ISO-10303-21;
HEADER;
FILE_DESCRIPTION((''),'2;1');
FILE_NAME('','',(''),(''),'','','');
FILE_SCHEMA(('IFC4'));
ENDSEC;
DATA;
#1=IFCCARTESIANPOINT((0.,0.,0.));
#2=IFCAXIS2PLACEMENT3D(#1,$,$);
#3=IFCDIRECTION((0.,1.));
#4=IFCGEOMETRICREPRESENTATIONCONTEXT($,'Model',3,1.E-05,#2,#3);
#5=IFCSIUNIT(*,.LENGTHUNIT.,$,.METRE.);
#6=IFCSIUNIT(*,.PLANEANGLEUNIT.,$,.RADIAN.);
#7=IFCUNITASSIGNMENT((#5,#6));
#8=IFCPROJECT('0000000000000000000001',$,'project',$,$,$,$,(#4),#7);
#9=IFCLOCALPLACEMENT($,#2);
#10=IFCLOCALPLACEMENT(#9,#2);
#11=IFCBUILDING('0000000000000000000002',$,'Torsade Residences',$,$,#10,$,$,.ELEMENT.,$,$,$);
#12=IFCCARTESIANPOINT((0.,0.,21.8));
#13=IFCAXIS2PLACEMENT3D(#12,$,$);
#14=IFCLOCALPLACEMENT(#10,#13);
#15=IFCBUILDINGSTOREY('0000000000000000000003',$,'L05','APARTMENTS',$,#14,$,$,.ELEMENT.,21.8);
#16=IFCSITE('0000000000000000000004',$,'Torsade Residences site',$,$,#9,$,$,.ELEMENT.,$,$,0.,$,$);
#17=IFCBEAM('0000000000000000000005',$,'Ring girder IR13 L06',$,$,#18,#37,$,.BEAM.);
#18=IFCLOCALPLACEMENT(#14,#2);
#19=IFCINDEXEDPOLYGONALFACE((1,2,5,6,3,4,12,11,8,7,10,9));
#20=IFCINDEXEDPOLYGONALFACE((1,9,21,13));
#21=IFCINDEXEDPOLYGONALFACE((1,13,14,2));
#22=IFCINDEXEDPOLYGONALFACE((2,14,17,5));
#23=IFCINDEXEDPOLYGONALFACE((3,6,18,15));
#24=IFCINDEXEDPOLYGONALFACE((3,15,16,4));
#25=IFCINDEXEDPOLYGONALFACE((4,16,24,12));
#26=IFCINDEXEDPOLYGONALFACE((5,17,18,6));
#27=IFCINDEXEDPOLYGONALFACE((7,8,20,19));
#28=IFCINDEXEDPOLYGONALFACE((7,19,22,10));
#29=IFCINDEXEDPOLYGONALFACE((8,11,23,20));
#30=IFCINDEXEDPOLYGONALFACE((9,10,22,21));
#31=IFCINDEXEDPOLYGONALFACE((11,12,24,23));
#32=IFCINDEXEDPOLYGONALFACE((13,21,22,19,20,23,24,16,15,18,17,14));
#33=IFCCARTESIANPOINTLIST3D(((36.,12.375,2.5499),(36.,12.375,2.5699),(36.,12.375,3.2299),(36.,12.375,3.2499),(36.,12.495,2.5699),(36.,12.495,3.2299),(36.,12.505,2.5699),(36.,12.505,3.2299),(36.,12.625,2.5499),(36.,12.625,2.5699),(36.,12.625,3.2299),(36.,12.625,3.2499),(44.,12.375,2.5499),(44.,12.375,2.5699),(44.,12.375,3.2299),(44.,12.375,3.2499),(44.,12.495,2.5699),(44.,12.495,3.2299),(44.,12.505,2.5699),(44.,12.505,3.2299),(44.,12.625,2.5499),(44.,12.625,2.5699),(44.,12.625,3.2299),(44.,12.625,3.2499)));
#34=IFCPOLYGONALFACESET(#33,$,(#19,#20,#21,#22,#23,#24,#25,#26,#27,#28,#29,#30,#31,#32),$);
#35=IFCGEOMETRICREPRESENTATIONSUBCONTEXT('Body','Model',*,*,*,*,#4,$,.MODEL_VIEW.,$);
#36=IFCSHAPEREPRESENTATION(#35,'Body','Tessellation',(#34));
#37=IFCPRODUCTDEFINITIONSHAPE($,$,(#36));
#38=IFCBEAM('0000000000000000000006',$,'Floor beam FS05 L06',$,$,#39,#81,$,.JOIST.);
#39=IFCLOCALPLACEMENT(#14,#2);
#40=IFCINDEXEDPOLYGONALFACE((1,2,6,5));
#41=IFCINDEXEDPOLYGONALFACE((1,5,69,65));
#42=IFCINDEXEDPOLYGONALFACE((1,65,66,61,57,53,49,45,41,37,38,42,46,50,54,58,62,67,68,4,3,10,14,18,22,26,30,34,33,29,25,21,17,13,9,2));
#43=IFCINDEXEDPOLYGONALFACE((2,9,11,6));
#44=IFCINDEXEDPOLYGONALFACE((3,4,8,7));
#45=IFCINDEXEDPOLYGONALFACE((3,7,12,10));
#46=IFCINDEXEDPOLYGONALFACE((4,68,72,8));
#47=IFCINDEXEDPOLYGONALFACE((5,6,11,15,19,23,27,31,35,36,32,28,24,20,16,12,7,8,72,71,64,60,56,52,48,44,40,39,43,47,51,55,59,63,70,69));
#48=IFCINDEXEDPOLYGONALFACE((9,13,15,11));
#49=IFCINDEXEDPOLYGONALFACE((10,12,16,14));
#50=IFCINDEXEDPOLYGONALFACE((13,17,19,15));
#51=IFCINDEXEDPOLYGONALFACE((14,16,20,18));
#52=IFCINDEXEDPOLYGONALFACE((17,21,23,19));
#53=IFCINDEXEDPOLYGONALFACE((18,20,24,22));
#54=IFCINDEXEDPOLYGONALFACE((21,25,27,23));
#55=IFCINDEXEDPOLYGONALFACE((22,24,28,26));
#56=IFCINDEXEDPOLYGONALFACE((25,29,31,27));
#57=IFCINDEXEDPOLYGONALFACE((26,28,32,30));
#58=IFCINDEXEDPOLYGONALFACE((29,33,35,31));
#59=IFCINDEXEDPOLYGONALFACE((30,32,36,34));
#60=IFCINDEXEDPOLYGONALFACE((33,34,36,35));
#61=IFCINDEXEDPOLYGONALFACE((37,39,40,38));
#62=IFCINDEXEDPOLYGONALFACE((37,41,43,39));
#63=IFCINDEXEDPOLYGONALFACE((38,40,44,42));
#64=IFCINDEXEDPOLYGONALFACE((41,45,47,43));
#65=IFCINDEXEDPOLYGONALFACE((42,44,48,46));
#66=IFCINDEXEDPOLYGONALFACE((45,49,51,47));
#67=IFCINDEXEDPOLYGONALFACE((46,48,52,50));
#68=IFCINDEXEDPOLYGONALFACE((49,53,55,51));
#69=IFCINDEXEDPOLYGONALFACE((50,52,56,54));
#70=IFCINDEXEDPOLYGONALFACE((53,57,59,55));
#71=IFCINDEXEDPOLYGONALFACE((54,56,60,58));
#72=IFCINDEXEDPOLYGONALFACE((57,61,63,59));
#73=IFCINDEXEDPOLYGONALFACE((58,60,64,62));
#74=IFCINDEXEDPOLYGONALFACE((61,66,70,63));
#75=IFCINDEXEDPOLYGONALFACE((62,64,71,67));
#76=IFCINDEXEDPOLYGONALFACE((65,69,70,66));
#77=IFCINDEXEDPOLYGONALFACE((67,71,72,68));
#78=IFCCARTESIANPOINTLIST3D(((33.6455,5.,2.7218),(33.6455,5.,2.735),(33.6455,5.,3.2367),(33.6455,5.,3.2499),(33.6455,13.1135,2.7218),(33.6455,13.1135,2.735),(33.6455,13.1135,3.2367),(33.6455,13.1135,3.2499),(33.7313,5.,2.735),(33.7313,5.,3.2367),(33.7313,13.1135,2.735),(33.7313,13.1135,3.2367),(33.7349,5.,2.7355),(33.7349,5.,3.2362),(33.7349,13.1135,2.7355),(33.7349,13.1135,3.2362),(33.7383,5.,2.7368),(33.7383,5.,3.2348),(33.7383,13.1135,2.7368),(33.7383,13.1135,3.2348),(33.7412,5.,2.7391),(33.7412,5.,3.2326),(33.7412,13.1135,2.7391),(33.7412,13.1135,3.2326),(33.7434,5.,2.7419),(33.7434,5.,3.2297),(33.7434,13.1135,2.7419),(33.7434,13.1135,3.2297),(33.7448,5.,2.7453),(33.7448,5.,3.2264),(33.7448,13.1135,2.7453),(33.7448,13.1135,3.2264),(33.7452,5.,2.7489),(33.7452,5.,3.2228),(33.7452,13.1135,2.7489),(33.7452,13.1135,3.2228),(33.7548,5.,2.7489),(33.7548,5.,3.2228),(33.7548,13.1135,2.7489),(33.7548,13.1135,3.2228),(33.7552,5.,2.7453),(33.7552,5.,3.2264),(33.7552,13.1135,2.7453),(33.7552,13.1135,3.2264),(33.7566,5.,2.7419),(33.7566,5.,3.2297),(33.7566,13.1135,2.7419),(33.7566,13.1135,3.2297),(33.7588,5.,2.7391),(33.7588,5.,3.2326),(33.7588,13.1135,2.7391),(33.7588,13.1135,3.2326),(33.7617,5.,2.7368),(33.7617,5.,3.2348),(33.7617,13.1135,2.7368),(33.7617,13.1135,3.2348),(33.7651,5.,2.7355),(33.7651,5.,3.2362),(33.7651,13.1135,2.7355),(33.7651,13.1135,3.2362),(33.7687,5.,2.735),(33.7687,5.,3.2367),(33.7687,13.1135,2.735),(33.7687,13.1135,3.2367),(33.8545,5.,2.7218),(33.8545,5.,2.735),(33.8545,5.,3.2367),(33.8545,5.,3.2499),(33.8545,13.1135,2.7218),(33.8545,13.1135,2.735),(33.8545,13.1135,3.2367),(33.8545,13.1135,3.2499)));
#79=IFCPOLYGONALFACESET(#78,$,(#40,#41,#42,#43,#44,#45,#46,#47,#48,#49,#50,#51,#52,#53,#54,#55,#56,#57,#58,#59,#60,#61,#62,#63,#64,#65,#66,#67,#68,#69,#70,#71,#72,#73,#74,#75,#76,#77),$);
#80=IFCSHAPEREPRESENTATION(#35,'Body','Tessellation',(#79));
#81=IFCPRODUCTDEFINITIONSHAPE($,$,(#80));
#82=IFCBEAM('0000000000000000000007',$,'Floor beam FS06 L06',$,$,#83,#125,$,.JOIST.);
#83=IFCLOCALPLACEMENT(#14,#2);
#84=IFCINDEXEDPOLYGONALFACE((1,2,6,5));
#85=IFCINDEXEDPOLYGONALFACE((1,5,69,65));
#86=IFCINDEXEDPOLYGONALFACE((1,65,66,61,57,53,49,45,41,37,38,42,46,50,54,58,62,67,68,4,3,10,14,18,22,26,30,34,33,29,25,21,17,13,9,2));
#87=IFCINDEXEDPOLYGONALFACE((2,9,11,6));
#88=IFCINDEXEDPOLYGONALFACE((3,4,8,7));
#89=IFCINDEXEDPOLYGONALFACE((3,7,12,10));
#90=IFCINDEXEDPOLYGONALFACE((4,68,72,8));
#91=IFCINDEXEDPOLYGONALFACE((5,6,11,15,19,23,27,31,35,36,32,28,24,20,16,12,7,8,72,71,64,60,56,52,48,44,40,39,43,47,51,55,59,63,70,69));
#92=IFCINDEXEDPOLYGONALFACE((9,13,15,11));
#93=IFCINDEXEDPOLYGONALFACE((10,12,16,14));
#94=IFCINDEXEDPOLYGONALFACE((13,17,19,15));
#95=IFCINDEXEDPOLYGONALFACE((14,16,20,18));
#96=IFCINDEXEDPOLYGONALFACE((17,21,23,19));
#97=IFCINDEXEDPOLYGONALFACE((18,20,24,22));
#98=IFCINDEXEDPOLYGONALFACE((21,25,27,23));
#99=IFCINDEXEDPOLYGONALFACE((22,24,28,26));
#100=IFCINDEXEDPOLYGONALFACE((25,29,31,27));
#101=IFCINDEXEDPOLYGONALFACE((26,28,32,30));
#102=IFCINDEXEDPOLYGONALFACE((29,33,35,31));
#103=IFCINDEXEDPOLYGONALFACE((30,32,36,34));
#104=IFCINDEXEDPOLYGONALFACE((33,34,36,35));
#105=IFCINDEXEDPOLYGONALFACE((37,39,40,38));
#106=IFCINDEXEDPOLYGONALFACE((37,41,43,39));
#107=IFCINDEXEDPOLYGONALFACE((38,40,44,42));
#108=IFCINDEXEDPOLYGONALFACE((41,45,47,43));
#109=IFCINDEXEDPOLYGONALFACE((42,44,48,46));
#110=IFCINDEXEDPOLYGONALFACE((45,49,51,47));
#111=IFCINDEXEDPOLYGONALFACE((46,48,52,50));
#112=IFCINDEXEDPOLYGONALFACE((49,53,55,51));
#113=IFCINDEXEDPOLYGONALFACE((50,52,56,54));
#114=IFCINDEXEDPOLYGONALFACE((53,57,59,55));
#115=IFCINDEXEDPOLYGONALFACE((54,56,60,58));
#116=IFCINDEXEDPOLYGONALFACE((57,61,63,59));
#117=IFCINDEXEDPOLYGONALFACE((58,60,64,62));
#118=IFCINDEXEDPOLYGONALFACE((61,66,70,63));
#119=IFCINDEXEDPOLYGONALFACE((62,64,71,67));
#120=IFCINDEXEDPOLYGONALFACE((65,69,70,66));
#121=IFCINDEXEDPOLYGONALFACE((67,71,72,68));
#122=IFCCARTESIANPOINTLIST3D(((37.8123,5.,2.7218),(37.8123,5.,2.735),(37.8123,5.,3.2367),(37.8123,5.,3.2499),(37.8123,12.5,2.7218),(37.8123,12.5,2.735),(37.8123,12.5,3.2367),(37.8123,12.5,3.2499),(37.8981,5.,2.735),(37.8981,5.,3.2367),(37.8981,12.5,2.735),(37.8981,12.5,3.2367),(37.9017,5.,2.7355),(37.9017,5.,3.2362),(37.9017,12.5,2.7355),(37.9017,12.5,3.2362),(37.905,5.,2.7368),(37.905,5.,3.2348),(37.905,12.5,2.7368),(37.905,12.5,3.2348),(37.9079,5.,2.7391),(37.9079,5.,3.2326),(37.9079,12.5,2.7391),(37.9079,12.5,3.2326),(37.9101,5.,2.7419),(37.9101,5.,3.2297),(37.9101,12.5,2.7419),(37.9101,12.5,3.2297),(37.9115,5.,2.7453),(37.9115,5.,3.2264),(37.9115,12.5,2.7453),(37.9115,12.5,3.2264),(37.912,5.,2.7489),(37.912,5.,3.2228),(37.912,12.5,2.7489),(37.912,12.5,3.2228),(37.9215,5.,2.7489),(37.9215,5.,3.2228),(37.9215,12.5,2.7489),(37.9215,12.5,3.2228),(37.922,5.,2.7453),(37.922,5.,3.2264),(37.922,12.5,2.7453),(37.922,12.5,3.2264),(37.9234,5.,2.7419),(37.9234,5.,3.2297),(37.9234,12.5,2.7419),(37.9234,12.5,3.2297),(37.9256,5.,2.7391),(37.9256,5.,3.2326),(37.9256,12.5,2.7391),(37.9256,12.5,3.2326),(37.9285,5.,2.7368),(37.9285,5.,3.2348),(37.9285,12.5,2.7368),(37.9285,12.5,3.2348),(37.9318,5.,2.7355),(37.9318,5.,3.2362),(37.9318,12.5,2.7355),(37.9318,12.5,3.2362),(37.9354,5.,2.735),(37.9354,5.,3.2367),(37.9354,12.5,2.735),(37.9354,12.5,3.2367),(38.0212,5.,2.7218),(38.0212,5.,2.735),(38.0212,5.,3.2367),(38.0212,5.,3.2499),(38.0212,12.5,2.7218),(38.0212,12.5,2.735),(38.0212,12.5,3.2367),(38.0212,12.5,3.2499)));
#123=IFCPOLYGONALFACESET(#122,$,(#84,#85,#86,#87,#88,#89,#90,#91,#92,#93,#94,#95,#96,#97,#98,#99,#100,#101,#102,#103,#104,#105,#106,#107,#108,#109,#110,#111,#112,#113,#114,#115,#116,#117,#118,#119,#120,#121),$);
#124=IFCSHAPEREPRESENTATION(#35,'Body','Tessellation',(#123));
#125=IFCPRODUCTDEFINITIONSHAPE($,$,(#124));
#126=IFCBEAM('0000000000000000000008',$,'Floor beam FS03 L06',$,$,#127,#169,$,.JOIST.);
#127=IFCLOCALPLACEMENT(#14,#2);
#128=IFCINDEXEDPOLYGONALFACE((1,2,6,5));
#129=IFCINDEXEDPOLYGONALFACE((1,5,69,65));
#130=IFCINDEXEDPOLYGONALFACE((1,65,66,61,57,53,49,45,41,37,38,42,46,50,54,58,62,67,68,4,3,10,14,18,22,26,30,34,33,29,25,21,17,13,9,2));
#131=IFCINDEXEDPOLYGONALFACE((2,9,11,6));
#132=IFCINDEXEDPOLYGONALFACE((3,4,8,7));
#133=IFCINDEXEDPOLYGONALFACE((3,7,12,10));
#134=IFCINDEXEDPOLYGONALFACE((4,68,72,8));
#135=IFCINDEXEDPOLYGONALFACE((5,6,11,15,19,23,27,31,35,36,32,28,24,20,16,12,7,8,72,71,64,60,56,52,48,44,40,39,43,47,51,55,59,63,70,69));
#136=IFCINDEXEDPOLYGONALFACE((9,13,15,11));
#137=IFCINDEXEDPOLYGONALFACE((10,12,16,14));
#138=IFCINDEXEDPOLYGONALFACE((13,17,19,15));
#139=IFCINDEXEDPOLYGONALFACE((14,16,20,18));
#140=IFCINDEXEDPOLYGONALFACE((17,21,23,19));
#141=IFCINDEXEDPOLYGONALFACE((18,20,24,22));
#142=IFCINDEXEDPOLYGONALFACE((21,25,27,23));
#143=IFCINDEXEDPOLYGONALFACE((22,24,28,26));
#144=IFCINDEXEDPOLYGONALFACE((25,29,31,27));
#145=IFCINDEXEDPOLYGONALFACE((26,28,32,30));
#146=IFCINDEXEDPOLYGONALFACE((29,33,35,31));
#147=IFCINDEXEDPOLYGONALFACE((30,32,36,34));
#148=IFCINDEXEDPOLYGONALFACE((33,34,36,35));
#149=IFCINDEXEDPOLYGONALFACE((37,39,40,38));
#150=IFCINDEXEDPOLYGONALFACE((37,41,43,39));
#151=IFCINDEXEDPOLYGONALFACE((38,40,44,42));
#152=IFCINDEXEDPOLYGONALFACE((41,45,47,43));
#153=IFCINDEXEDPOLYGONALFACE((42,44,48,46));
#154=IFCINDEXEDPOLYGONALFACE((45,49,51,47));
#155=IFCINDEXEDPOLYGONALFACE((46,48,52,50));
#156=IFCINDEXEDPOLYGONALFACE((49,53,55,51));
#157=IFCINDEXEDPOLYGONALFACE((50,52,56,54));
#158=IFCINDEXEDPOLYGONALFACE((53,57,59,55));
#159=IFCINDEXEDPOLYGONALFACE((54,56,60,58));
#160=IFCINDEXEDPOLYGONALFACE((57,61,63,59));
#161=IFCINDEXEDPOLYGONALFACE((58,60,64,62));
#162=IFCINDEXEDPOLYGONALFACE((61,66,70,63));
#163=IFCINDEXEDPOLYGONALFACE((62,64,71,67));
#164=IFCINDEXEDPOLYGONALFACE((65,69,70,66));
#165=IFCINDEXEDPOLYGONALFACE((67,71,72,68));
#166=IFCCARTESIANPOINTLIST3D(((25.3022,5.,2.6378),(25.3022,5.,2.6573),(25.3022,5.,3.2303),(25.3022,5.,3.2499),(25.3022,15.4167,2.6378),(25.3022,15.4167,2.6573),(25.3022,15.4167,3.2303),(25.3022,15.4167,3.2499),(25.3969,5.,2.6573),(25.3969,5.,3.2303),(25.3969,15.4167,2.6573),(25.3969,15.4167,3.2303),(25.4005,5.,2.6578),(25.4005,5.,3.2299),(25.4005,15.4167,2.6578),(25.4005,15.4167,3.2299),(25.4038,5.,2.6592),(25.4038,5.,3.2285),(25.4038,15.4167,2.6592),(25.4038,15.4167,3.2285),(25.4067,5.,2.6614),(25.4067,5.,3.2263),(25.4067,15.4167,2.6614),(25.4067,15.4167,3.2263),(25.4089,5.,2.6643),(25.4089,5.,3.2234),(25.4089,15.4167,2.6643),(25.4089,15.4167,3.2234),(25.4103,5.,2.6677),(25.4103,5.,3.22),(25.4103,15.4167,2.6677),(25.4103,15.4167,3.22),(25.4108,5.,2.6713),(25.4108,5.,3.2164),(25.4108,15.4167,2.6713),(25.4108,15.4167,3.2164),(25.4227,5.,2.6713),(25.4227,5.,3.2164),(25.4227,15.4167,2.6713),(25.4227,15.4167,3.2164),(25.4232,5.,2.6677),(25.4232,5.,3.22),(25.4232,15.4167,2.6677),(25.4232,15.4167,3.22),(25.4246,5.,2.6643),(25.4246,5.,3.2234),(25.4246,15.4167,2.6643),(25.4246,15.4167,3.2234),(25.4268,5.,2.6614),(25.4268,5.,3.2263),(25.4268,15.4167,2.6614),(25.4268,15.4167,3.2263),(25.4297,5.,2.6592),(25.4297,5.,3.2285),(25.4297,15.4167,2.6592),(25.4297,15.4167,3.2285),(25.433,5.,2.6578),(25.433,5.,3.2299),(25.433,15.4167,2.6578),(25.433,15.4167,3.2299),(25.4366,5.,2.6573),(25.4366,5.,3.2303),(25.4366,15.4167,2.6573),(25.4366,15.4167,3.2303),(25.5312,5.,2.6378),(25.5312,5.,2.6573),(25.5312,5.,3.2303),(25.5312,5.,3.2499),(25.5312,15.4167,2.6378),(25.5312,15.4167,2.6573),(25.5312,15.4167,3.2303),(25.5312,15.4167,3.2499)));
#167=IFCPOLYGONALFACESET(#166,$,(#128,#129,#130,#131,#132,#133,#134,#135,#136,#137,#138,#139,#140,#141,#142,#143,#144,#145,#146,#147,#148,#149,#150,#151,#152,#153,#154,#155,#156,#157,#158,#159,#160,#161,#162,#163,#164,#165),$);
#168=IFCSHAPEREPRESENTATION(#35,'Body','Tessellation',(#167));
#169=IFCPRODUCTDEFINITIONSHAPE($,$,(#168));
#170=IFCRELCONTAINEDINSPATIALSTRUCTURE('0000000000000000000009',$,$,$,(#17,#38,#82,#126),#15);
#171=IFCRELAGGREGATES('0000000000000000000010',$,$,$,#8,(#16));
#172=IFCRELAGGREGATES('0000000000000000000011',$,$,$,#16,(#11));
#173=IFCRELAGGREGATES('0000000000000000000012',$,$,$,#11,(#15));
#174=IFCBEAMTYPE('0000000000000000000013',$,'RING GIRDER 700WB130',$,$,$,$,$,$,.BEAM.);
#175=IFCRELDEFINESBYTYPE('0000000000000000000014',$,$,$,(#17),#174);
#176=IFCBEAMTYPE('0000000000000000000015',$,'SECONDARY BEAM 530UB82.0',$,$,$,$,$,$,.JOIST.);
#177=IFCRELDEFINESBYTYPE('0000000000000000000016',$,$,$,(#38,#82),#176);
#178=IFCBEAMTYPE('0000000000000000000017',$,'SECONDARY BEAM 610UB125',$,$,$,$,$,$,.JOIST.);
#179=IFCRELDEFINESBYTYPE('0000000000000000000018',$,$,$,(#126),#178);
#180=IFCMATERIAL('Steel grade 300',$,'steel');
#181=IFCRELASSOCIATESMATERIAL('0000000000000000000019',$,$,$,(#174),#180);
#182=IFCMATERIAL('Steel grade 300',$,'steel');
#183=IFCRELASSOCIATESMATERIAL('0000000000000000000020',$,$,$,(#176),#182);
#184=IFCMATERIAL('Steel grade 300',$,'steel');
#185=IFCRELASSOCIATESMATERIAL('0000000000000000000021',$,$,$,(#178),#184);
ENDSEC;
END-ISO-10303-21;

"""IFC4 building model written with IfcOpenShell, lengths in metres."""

from ifc_helpers import new_model, si_unit, direction, frame, origin, origin_2d, place, context, subcontext, project, spatial, i_section, extrude, material, material_profile, profile_set, type_object, element, save


model = new_model("IFC4")

# Units and contexts
model_context = context("Model", 3, precision=1e-05, world=origin(), true_north=direction((0.0, 1.0)))
body_context = subcontext(model_context, "Body", "Model", "MODEL_VIEW")
ifc_project = project(units=[si_unit("LENGTHUNIT", "METRE"), si_unit("PLANEANGLEUNIT", "RADIAN")], contexts=[model_context])

# Site, building, storey
site_placement = place(None, origin())
site = spatial("IfcSite", under=ifc_project, at=site_placement, Name="Torsade Residences site", CompositionType="ELEMENT", RefElevation=0.0)
building_placement = place(site_placement, origin())
building = spatial("IfcBuilding", under=site, at=building_placement, Name="Torsade Residences", CompositionType="ELEMENT")
storey_placement = place(building_placement, frame((0.0, 0.0, 21.8)))
storey = spatial("IfcBuildingStorey", under=building, at=storey_placement, Name="L05", Description="APARTMENTS", CompositionType="ELEMENT", Elevation=21.8)

# Beams
ifc_material_1 = material(Name="Steel grade 300", Category="steel")
ifc_material_profile_1 = material_profile(ifc_material_1, i_section(OverallWidth=0.25, OverallDepth=0.7, WebThickness=0.01, FlangeThickness=0.02, at=origin_2d()), Name="700WB130")
ifc_profile_set_1 = profile_set([ifc_material_profile_1], Name="Steel grade 300")
beam_type_1 = type_object("IfcBeamType", Name="RING GIRDER 700WB130", PredefinedType="BEAM", material=ifc_profile_set_1)
beam_1_placement = place(storey_placement, frame((36.0, 12.5, 2.8999), z_axis=(1.0, 0.0, 0.0), x_axis=(0.0, 1.0, 0.0)))
element("IfcBeam", 1, at=beam_1_placement, inside=storey, type_object=beam_type_1, Name="Ring girder IR13 L06", PredefinedType="BEAM", context=body_context, shape_type="SweptSolid", body=[
    extrude(i_section(OverallWidth=0.25, OverallDepth=0.7, WebThickness=0.01, FlangeThickness=0.02, at=origin_2d()), origin(), (0.0, 0.0, 1.0), 8.0),
])
ifc_material_2 = material(Name="Steel grade 300", Category="steel")
ifc_material_profile_2 = material_profile(ifc_material_2, i_section(OverallWidth=0.209, OverallDepth=0.5281, WebThickness=0.0095, FlangeThickness=0.0132, FilletRadius=0.0139, at=origin_2d()), Name="530UB82.0")
ifc_profile_set_2 = profile_set([ifc_material_profile_2], Name="Steel grade 300")
beam_type_2 = type_object("IfcBeamType", Name="SECONDARY BEAM 530UB82.0", PredefinedType="JOIST", material=ifc_profile_set_2)
beam_2_placement = place(storey_placement, frame((33.75, 5.0, 2.9858), z_axis=(0.0, 1.0, 0.0), x_axis=(-1.0, 0.0, 0.0)))
element("IfcBeam", 2, at=beam_2_placement, inside=storey, type_object=beam_type_2, Name="Floor beam FS05 L06", PredefinedType="JOIST", context=body_context, shape_type="SweptSolid", body=[
    extrude(i_section(OverallWidth=0.209, OverallDepth=0.5281, WebThickness=0.0095, FlangeThickness=0.0132, FilletRadius=0.0139, at=origin_2d()), origin(), (0.0, 0.0, 1.0), 8.1135),
])
beam_3_placement = place(storey_placement, frame((37.9167, 5.0, 2.9858), z_axis=(0.0, 1.0, 0.0), x_axis=(-1.0, 0.0, 0.0)))
element("IfcBeam", 3, at=beam_3_placement, inside=storey, type_object=beam_type_2, Name="Floor beam FS06 L06", PredefinedType="JOIST", context=body_context, shape_type="SweptSolid", body=[
    extrude(i_section(OverallWidth=0.209, OverallDepth=0.5281, WebThickness=0.0095, FlangeThickness=0.0132, FilletRadius=0.0139, at=origin_2d()), origin(), (0.0, 0.0, 1.0), 7.5),
])
ifc_material_3 = material(Name="Steel grade 300", Category="steel")
ifc_material_profile_3 = material_profile(ifc_material_3, i_section(OverallWidth=0.229, OverallDepth=0.6121, WebThickness=0.012, FlangeThickness=0.0195, FilletRadius=0.0139, at=origin_2d()), Name="610UB125")
ifc_profile_set_3 = profile_set([ifc_material_profile_3], Name="Steel grade 300")
beam_type_3 = type_object("IfcBeamType", Name="SECONDARY BEAM 610UB125", PredefinedType="JOIST", material=ifc_profile_set_3)
beam_4_placement = place(storey_placement, frame((25.4167, 5.0, 2.9438), z_axis=(0.0, 1.0, 0.0), x_axis=(-1.0, 0.0, 0.0)))
element("IfcBeam", 4, at=beam_4_placement, inside=storey, type_object=beam_type_3, Name="Floor beam FS03 L06", PredefinedType="JOIST", context=body_context, shape_type="SweptSolid", body=[
    extrude(i_section(OverallWidth=0.229, OverallDepth=0.6121, WebThickness=0.012, FlangeThickness=0.0195, FilletRadius=0.0139, at=origin_2d()), origin(), (0.0, 0.0, 1.0), 10.4167),
])

save(model, "model.ifc")
